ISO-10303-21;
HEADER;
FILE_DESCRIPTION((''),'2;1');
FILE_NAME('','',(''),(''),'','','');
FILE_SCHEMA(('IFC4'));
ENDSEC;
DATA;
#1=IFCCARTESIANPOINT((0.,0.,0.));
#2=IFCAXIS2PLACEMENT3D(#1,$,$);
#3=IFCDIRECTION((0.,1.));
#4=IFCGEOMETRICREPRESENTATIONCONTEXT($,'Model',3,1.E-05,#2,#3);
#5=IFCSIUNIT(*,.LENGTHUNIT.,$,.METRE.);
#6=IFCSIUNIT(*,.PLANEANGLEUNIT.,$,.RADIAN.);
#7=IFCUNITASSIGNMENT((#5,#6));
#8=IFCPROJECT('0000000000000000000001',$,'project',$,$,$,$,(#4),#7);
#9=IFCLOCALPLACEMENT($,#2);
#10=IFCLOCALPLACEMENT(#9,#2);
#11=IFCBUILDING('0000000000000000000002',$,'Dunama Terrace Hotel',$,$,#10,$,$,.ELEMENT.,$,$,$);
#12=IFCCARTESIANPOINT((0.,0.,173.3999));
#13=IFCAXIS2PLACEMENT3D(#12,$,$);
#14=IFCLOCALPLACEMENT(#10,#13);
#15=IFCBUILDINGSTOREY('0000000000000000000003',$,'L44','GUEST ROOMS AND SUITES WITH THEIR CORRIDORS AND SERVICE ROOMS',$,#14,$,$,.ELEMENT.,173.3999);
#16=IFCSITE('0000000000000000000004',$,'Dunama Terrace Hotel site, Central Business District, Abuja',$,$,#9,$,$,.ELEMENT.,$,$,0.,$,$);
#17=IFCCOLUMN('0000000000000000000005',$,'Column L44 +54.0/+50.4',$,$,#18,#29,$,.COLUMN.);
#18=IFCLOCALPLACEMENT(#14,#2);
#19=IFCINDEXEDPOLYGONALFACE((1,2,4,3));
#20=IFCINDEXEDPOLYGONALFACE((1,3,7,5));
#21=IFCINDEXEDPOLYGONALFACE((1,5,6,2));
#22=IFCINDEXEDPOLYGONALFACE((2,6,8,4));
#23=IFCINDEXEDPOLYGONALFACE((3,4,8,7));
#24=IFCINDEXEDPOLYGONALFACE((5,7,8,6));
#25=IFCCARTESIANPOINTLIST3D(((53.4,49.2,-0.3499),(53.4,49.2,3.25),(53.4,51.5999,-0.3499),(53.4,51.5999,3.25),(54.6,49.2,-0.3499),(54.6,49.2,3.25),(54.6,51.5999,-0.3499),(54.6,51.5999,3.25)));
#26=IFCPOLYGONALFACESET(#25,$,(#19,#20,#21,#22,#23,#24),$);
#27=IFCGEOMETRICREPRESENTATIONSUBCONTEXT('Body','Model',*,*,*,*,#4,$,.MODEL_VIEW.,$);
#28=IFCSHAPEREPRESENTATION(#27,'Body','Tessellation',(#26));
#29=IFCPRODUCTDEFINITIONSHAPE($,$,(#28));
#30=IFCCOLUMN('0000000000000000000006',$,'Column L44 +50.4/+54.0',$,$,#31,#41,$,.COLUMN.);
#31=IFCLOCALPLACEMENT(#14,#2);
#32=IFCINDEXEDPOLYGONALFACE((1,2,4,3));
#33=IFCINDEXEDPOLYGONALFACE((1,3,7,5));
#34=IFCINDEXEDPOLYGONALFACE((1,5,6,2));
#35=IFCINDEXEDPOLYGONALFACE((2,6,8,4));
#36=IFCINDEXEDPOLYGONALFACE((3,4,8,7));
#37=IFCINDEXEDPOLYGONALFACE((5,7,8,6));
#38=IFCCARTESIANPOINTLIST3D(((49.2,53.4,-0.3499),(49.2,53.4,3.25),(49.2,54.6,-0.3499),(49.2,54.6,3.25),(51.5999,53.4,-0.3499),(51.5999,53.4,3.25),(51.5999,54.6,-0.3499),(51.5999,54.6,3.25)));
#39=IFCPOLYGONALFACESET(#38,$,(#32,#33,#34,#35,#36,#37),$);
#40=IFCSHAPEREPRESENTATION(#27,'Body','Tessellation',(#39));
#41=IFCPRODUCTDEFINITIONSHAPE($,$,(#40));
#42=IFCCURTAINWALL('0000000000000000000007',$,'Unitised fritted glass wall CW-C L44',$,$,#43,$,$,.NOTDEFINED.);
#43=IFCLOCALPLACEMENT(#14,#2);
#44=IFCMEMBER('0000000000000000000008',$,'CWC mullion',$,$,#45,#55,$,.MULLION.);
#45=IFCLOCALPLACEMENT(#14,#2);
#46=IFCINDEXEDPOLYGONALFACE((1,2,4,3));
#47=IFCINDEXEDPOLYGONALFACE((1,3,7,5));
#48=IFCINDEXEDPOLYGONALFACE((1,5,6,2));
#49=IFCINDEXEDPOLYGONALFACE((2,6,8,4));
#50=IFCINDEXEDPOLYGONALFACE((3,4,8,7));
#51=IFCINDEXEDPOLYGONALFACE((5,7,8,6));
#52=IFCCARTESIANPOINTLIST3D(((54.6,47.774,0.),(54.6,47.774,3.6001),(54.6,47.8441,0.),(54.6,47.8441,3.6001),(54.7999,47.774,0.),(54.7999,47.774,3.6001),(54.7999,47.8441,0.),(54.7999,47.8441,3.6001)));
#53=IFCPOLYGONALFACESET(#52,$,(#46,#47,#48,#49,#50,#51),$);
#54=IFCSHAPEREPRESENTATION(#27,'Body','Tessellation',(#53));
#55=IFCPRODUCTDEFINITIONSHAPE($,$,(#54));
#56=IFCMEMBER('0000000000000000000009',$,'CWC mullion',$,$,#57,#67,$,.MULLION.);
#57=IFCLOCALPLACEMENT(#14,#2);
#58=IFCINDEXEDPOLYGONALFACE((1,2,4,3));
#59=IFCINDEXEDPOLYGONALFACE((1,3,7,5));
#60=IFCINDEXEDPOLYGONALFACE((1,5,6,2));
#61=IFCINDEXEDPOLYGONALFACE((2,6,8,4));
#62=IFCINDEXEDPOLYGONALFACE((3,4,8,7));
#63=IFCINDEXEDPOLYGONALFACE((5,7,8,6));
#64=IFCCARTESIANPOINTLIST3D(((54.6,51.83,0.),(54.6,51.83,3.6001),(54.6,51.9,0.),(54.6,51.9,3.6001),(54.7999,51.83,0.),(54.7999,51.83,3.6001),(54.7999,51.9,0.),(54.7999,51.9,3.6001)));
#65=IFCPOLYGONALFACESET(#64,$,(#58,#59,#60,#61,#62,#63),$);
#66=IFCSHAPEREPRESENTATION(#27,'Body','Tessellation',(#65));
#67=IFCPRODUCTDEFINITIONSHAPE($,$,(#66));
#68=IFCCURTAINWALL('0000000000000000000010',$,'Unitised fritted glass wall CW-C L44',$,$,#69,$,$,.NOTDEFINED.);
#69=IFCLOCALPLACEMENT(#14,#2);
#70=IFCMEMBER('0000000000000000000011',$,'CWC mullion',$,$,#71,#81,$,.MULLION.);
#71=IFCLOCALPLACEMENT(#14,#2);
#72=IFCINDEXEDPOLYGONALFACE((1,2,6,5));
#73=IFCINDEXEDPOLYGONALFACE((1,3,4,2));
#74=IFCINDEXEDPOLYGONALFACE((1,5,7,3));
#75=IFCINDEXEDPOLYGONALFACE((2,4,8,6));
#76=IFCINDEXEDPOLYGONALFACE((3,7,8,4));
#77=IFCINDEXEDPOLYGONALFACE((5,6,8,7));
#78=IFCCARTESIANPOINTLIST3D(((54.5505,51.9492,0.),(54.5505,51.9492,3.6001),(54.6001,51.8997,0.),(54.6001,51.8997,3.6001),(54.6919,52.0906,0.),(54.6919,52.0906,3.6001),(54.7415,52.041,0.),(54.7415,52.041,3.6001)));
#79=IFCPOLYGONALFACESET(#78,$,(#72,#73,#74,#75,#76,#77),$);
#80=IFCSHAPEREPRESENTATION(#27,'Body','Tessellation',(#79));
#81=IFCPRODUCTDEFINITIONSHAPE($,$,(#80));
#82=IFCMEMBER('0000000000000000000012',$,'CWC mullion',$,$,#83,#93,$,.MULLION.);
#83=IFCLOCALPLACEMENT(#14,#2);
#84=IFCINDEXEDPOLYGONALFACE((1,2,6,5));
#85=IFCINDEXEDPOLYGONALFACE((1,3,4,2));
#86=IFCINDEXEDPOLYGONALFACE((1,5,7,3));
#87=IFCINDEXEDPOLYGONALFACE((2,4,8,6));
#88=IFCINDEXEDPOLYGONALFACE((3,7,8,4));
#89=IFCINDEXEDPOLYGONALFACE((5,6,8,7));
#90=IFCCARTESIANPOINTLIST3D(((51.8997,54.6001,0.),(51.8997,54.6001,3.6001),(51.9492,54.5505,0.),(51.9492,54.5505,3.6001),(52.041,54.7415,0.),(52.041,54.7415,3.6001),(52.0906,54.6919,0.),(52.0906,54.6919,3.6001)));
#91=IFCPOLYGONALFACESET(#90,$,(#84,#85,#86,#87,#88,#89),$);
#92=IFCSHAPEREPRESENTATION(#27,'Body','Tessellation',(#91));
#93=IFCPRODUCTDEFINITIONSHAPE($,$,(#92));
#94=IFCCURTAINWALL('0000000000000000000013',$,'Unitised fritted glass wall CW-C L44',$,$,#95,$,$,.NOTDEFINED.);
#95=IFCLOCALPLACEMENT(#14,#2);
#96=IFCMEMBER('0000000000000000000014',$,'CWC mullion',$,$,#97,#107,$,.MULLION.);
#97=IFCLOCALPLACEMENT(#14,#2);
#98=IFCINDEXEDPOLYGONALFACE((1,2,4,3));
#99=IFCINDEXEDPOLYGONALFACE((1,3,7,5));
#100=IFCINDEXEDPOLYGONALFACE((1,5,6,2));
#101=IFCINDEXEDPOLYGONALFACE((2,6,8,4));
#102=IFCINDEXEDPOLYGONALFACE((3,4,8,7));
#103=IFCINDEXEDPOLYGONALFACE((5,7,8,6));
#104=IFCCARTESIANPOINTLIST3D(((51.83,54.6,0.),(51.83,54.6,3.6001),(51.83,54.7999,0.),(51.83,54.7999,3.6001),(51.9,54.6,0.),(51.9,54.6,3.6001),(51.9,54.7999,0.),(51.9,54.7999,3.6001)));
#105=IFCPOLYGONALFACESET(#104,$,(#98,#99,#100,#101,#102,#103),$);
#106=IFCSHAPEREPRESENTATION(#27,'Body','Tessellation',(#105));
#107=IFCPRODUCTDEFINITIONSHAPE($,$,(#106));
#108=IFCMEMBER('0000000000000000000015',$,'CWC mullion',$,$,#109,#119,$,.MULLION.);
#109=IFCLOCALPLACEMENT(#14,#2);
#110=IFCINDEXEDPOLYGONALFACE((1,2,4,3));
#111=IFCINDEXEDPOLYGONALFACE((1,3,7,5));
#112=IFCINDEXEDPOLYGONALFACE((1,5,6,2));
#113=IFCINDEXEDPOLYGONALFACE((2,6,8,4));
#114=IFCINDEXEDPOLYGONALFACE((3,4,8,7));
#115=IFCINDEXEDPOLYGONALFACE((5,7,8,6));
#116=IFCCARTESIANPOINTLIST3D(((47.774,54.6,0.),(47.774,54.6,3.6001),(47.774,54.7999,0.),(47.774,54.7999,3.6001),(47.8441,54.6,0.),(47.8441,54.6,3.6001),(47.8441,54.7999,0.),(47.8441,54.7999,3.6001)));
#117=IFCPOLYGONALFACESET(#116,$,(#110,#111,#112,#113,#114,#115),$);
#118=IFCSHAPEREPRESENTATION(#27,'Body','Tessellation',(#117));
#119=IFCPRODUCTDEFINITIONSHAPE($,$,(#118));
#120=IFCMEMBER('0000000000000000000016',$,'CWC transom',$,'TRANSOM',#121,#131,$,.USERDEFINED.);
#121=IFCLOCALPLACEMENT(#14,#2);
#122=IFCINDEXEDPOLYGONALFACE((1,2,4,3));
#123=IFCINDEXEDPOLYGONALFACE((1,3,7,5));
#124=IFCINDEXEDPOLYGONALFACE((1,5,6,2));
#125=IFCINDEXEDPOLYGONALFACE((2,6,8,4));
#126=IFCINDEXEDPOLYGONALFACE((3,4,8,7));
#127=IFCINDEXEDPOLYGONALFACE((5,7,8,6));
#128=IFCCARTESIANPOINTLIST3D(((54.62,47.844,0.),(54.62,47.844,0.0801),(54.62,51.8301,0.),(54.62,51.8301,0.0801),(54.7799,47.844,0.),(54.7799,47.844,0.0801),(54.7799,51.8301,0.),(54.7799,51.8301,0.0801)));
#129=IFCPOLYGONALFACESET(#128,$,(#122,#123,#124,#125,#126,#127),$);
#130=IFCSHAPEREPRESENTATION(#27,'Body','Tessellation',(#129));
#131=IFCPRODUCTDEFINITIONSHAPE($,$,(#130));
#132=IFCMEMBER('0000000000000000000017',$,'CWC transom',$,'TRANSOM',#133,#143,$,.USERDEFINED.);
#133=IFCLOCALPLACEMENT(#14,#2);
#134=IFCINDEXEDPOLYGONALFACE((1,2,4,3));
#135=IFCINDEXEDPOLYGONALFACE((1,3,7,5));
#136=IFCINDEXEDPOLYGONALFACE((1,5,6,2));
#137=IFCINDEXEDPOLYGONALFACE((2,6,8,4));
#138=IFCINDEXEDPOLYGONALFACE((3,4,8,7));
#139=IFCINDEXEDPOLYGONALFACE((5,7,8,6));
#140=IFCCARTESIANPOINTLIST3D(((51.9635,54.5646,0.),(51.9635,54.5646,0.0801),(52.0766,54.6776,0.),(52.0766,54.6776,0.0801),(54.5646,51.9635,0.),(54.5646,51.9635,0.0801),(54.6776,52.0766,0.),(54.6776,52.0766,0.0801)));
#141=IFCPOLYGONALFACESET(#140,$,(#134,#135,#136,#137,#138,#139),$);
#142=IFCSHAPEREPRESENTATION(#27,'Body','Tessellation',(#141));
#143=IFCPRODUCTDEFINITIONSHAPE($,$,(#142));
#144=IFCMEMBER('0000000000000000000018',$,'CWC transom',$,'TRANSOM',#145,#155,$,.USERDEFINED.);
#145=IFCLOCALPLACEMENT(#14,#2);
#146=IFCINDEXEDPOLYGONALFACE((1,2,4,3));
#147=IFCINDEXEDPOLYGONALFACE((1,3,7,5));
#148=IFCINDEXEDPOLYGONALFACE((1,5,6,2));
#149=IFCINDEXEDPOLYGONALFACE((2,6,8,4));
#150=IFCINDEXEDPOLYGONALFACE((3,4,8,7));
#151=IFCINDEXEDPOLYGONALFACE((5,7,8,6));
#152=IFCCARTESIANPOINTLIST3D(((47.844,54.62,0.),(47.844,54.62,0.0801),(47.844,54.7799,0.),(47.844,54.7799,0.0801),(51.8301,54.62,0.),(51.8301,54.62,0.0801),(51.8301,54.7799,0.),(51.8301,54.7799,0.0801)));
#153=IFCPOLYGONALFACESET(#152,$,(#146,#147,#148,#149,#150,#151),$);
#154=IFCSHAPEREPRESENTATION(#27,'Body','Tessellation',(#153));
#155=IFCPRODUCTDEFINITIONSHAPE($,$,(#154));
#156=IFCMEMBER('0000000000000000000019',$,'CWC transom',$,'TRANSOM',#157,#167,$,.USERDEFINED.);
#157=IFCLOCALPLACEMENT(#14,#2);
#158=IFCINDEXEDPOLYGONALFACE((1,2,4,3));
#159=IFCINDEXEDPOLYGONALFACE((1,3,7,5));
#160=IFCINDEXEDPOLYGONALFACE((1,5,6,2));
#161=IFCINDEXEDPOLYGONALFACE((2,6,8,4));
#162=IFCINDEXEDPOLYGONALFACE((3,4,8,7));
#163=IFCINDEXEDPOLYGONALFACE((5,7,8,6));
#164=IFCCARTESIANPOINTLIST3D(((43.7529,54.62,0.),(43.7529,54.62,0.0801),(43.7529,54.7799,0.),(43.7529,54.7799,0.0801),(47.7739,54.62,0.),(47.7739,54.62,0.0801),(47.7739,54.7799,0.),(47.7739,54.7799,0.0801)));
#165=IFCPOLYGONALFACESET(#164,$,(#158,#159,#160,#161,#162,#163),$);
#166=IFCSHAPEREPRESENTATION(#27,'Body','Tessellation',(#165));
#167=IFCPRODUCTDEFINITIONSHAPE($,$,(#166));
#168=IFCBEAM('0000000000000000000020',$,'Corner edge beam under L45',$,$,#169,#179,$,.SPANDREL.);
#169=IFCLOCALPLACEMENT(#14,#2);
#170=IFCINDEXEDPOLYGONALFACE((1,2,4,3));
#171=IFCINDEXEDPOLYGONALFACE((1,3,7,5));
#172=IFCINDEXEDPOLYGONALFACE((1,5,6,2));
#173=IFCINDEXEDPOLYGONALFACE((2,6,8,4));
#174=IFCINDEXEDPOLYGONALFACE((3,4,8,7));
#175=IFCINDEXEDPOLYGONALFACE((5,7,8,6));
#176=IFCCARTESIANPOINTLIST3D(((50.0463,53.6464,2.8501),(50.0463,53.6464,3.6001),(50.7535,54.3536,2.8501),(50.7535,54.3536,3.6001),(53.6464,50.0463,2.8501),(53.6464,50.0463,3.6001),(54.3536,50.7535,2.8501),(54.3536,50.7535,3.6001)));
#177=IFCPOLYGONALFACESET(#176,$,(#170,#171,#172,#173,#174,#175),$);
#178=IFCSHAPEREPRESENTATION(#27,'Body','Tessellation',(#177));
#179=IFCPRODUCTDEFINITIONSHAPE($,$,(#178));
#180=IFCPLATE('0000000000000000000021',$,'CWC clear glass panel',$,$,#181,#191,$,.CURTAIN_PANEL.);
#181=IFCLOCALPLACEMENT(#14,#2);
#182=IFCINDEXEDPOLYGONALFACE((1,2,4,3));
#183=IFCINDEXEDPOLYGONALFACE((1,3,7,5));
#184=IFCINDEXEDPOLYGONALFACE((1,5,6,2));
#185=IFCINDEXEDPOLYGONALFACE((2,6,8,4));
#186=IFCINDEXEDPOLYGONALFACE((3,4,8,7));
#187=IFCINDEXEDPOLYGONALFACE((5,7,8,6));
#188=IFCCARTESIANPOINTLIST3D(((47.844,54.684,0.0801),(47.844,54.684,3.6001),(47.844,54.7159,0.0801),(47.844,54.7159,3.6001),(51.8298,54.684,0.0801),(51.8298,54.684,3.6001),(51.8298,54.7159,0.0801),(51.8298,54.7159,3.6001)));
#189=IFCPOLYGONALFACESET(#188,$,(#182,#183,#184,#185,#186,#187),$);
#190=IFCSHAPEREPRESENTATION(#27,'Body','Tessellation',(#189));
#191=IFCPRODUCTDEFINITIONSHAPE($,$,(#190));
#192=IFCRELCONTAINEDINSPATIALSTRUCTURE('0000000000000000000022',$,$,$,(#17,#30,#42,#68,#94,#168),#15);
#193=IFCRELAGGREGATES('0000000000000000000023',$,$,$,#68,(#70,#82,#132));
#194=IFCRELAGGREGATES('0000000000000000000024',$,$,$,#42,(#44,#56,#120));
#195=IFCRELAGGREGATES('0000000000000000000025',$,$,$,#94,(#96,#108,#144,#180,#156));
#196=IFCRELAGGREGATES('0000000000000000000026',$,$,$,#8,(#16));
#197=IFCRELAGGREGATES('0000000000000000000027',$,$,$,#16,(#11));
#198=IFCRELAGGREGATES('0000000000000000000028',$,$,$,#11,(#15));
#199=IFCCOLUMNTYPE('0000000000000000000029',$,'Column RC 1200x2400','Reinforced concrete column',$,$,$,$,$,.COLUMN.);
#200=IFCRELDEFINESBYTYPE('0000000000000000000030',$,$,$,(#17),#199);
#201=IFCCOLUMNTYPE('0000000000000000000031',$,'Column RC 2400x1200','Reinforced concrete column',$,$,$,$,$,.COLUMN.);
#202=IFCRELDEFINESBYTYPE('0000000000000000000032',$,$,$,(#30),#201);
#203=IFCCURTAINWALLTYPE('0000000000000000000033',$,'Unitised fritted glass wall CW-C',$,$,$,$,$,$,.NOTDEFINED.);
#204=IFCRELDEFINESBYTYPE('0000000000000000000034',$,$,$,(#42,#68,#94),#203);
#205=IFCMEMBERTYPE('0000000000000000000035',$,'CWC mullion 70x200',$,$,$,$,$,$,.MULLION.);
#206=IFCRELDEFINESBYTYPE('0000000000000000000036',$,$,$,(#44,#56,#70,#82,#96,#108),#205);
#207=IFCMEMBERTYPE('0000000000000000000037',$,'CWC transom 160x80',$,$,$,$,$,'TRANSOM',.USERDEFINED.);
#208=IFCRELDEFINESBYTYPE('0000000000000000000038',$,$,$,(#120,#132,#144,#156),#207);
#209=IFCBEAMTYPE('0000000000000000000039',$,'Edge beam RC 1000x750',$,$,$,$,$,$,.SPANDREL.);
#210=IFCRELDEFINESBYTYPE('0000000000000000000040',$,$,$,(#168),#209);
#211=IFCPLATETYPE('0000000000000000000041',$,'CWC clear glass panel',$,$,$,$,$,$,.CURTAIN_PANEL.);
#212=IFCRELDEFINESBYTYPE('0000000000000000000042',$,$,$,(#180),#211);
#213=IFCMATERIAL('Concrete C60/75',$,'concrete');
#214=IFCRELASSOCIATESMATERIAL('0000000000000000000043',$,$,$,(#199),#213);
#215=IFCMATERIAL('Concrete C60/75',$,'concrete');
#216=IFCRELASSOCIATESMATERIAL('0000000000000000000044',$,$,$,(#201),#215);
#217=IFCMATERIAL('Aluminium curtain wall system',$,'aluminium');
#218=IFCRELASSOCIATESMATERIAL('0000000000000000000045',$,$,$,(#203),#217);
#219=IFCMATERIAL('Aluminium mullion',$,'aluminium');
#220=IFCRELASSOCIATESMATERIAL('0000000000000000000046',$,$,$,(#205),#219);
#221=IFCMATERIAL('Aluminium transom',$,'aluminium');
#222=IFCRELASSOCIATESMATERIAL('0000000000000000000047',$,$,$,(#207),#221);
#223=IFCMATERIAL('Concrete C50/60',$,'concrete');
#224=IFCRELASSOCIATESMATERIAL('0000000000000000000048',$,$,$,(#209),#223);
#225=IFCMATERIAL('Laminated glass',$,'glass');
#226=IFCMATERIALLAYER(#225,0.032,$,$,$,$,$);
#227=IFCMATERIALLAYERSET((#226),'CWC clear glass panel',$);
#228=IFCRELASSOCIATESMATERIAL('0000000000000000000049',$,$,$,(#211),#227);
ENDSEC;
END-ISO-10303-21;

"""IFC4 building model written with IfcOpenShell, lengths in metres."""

from ifc_helpers import new_model, si_unit, direction, frame, origin, origin_2d, place, context, subcontext, project, spatial, rectangle, extrude, material, layer, layer_set, material_profile, profile_set, type_object, element, aggregate, save


model = new_model("IFC4")

# Units and contexts
model_context = context("Model", 3, precision=1e-05, world=origin(), true_north=direction((0.0, 1.0)))
body_context = subcontext(model_context, "Body", "Model", "MODEL_VIEW")
ifc_project = project(units=[si_unit("LENGTHUNIT", "METRE"), si_unit("PLANEANGLEUNIT", "RADIAN")], contexts=[model_context])

# Site, building, storey
site_placement = place(None, origin())
site = spatial("IfcSite", under=ifc_project, at=site_placement, Name="Dunama Terrace Hotel site, Central Business District, Abuja", CompositionType="ELEMENT", RefElevation=0.0)
building_placement = place(site_placement, origin())
building = spatial("IfcBuilding", under=site, at=building_placement, Name="Dunama Terrace Hotel", CompositionType="ELEMENT")
storey_placement = place(building_placement, frame((0.0, 0.0, 173.3999)))
storey = spatial("IfcBuildingStorey", under=building, at=storey_placement, Name="L44", Description="GUEST ROOMS AND SUITES WITH THEIR CORRIDORS AND SERVICE ROOMS", CompositionType="ELEMENT", Elevation=173.3999)

# Columns
ifc_material_1 = material(Name="Concrete C60/75", Category="concrete")
ifc_material_profile_1 = material_profile(ifc_material_1, rectangle(XDim=1.2, YDim=2.3999, at=origin_2d()), Name="RC 1200x2400")
ifc_profile_set_1 = profile_set([ifc_material_profile_1], Name="Concrete C60/75")
column_type_1 = type_object("IfcColumnType", Name="Column RC 1200x2400", Description="Reinforced concrete column", PredefinedType="COLUMN", material=ifc_profile_set_1)
column_1_placement = place(storey_placement, frame((54.0, 50.3999, -0.3499), z_axis=(0.0, 0.0, 1.0), x_axis=(1.0, 0.0, 0.0)))
element("IfcColumn", 1, at=column_1_placement, inside=storey, type_object=column_type_1, Name="Column L44 +54.0/+50.4", PredefinedType="COLUMN", context=body_context, shape_type="SweptSolid", body=[
    extrude(rectangle(XDim=1.2, YDim=2.3999, at=origin_2d()), origin(), (0.0, 0.0, 1.0), 3.5999),
])
ifc_material_2 = material(Name="Concrete C60/75", Category="concrete")
ifc_material_profile_2 = material_profile(ifc_material_2, rectangle(XDim=2.3999, YDim=1.2, at=origin_2d()), Name="RC 2400x1200")
ifc_profile_set_2 = profile_set([ifc_material_profile_2], Name="Concrete C60/75")
column_type_2 = type_object("IfcColumnType", Name="Column RC 2400x1200", Description="Reinforced concrete column", PredefinedType="COLUMN", material=ifc_profile_set_2)
column_2_placement = place(storey_placement, frame((50.3999, 54.0, -0.3499), z_axis=(0.0, 0.0, 1.0), x_axis=(1.0, 0.0, 0.0)))
element("IfcColumn", 2, at=column_2_placement, inside=storey, type_object=column_type_2, Name="Column L44 +50.4/+54.0", PredefinedType="COLUMN", context=body_context, shape_type="SweptSolid", body=[
    extrude(rectangle(XDim=2.3999, YDim=1.2, at=origin_2d()), origin(), (0.0, 0.0, 1.0), 3.5999),
])

# Curtain walls, members
ifc_material_3 = material(Name="Aluminium curtain wall system", Category="aluminium")
curtain_wall_type = type_object("IfcCurtainWallType", Name="Unitised fritted glass wall CW-C", PredefinedType="NOTDEFINED", material=ifc_material_3)
curtain_wall_1_placement = place(storey_placement, origin())
curtain_wall_1 = element("IfcCurtainWall", 3, at=curtain_wall_1_placement, inside=storey, type_object=curtain_wall_type, Name="Unitised fritted glass wall CW-C L44", PredefinedType="NOTDEFINED")
ifc_material_4 = material(Name="Aluminium mullion", Category="aluminium")
ifc_material_profile_3 = material_profile(ifc_material_4, rectangle(XDim=0.0701, YDim=0.2, at=origin_2d()), Name="CWC MULLION 70X200")
ifc_profile_set_3 = profile_set([ifc_material_profile_3], Name="Aluminium mullion")
member_type_1 = type_object("IfcMemberType", Name="CWC mullion 70x200", PredefinedType="MULLION", material=ifc_profile_set_3)
member_1_placement = place(storey_placement, frame((54.7, 47.8091, 0.0), z_axis=(0.0, 0.0, 1.0), x_axis=(0.0, 1.0, 0.0)))
member_1 = element("IfcMember", 4, at=member_1_placement, type_object=member_type_1, Name="CWC mullion", PredefinedType="MULLION", context=body_context, shape_type="SweptSolid", body=[
    extrude(rectangle(XDim=0.0701, YDim=0.2, at=origin_2d()), origin(), (0.0, 0.0, 1.0), 3.6001),
])
member_2_placement = place(storey_placement, frame((54.7, 51.865, 0.0), z_axis=(0.0, 0.0, 1.0), x_axis=(0.0, 1.0, 0.0)))
member_2 = element("IfcMember", 5, at=member_2_placement, type_object=member_type_1, Name="CWC mullion", PredefinedType="MULLION", context=body_context, shape_type="SweptSolid", body=[
    extrude(rectangle(XDim=0.0701, YDim=0.2, at=origin_2d()), origin(), (0.0, 0.0, 1.0), 3.6001),
])
curtain_wall_2_placement = place(storey_placement, origin())
curtain_wall_2 = element("IfcCurtainWall", 6, at=curtain_wall_2_placement, inside=storey, type_object=curtain_wall_type, Name="Unitised fritted glass wall CW-C L44", PredefinedType="NOTDEFINED")
member_3_placement = place(storey_placement, frame((54.646, 51.9951, 0.0), z_axis=(0.0, 0.0, 1.0), x_axis=(-0.707107, 0.707107, 0.0)))
member_3 = element("IfcMember", 7, at=member_3_placement, type_object=member_type_1, Name="CWC mullion", PredefinedType="MULLION", context=body_context, shape_type="SweptSolid", body=[
    extrude(rectangle(XDim=0.0701, YDim=0.2, at=origin_2d()), origin(), (0.0, 0.0, 1.0), 3.6001),
])
member_4_placement = place(storey_placement, frame((51.9951, 54.646, 0.0), z_axis=(0.0, 0.0, 1.0), x_axis=(-0.707107, 0.707107, 0.0)))
member_4 = element("IfcMember", 8, at=member_4_placement, type_object=member_type_1, Name="CWC mullion", PredefinedType="MULLION", context=body_context, shape_type="SweptSolid", body=[
    extrude(rectangle(XDim=0.0701, YDim=0.2, at=origin_2d()), origin(), (0.0, 0.0, 1.0), 3.6001),
])
curtain_wall_3_placement = place(storey_placement, origin())
curtain_wall_3 = element("IfcCurtainWall", 9, at=curtain_wall_3_placement, inside=storey, type_object=curtain_wall_type, Name="Unitised fritted glass wall CW-C L44", PredefinedType="NOTDEFINED")
member_5_placement = place(storey_placement, frame((51.865, 54.7, 0.0), z_axis=(0.0, 0.0, 1.0), x_axis=(-1.0, 0.0, 0.0)))
member_5 = element("IfcMember", 10, at=member_5_placement, type_object=member_type_1, Name="CWC mullion", PredefinedType="MULLION", context=body_context, shape_type="SweptSolid", body=[
    extrude(rectangle(XDim=0.0701, YDim=0.2, at=origin_2d()), origin(), (0.0, 0.0, 1.0), 3.6001),
])
member_6_placement = place(storey_placement, frame((47.8091, 54.7, 0.0), z_axis=(0.0, 0.0, 1.0), x_axis=(-1.0, 0.0, 0.0)))
member_6 = element("IfcMember", 11, at=member_6_placement, type_object=member_type_1, Name="CWC mullion", PredefinedType="MULLION", context=body_context, shape_type="SweptSolid", body=[
    extrude(rectangle(XDim=0.0701, YDim=0.2, at=origin_2d()), origin(), (0.0, 0.0, 1.0), 3.6001),
])

# Members
ifc_material_5 = material(Name="Aluminium transom", Category="aluminium")
ifc_material_profile_4 = material_profile(ifc_material_5, rectangle(XDim=0.1599, YDim=0.0801, at=origin_2d()), Name="CWC TRANSOM 160X80")
ifc_profile_set_4 = profile_set([ifc_material_profile_4], Name="Aluminium transom")
member_type_2 = type_object("IfcMemberType", Name="CWC transom 160x80", ElementType="TRANSOM", PredefinedType="USERDEFINED", material=ifc_profile_set_4)
member_7_placement = place(storey_placement, frame((54.7, 47.844, 0.04), z_axis=(0.0, 1.0, 0.0), x_axis=(-1.0, 0.0, 0.0)))
member_7 = element("IfcMember", 12, at=member_7_placement, type_object=member_type_2, Name="CWC transom", ObjectType="TRANSOM", PredefinedType="USERDEFINED", context=body_context, shape_type="SweptSolid", body=[
    extrude(rectangle(XDim=0.1599, YDim=0.0801, at=origin_2d()), origin(), (0.0, 0.0, 1.0), 3.9861),
])
member_8_placement = place(storey_placement, frame((54.6211, 52.02, 0.04), z_axis=(-0.707107, 0.707107, 0.0), x_axis=(-0.707107, -0.707107, 0.0)))
member_8 = element("IfcMember", 13, at=member_8_placement, type_object=member_type_2, Name="CWC transom", ObjectType="TRANSOM", PredefinedType="USERDEFINED", context=body_context, shape_type="SweptSolid", body=[
    extrude(rectangle(XDim=0.1599, YDim=0.0801, at=origin_2d()), origin(), (0.0, 0.0, 1.0), 3.6785),
])
member_9_placement = place(storey_placement, frame((51.8301, 54.7, 0.04), z_axis=(-1.0, 0.0, 0.0), x_axis=(0.0, -1.0, 0.0)))
member_9 = element("IfcMember", 14, at=member_9_placement, type_object=member_type_2, Name="CWC transom", ObjectType="TRANSOM", PredefinedType="USERDEFINED", context=body_context, shape_type="SweptSolid", body=[
    extrude(rectangle(XDim=0.1599, YDim=0.0801, at=origin_2d()), origin(), (0.0, 0.0, 1.0), 3.9861),
])
member_10_placement = place(storey_placement, frame((47.7739, 54.7, 0.04), z_axis=(-1.0, 0.0, 0.0), x_axis=(0.0, -1.0, 0.0)))
member_10 = element("IfcMember", 15, at=member_10_placement, type_object=member_type_2, Name="CWC transom", ObjectType="TRANSOM", PredefinedType="USERDEFINED", context=body_context, shape_type="SweptSolid", body=[
    extrude(rectangle(XDim=0.1599, YDim=0.0801, at=origin_2d()), origin(), (0.0, 0.0, 1.0), 4.021),
])

# Beam
ifc_material_6 = material(Name="Concrete C50/60", Category="concrete")
ifc_material_profile_5 = material_profile(ifc_material_6, rectangle(XDim=1.0, YDim=0.75, at=origin_2d()), Name="RC 1000x750")
ifc_profile_set_5 = profile_set([ifc_material_profile_5], Name="Concrete C50/60")
beam_type = type_object("IfcBeamType", Name="Edge beam RC 1000x750", PredefinedType="SPANDREL", material=ifc_profile_set_5)
beam_placement = place(storey_placement, frame((50.3999, 54.0, 3.2251), z_axis=(0.707107, -0.707107, 0.0), x_axis=(0.707107, 0.707107, 0.0)))
element("IfcBeam", 16, at=beam_placement, inside=storey, type_object=beam_type, Name="Corner edge beam under L45", PredefinedType="SPANDREL", context=body_context, shape_type="SweptSolid", body=[
    extrude(rectangle(XDim=1.0, YDim=0.75, at=origin_2d()), origin(), (0.0, 0.0, 1.0), 5.0913),
])

# Plate
ifc_material_7 = material(Name="Laminated glass", Category="glass")
ifc_layer_1 = layer(ifc_material_7, 0.032)
ifc_layer_set_1 = layer_set([ifc_layer_1], Name="CWC clear glass panel")
plate_type_1 = type_object("IfcPlateType", Name="CWC clear glass panel", PredefinedType="CURTAIN_PANEL", material=ifc_layer_set_1)
plate_1_placement = place(storey_placement, frame((49.8369, 54.7, 0.0801), z_axis=(0.0, 0.0, 1.0), x_axis=(-1.0, 0.0, 0.0)))
plate_1 = element("IfcPlate", 17, at=plate_1_placement, type_object=plate_type_1, Name="CWC clear glass panel", PredefinedType="CURTAIN_PANEL", context=body_context, shape_type="SweptSolid", body=[
    extrude(rectangle(XDim=3.9858, YDim=0.032, at=origin_2d()), origin(), (0.0, 0.0, 1.0), 3.52),
])
aggregate(curtain_wall_2, [member_3, member_4, member_8])
aggregate(curtain_wall_1, [member_1, member_2, member_7])
aggregate(curtain_wall_3, [member_5, member_6, member_9, plate_1, member_10])

save(model, "model.ifc")
